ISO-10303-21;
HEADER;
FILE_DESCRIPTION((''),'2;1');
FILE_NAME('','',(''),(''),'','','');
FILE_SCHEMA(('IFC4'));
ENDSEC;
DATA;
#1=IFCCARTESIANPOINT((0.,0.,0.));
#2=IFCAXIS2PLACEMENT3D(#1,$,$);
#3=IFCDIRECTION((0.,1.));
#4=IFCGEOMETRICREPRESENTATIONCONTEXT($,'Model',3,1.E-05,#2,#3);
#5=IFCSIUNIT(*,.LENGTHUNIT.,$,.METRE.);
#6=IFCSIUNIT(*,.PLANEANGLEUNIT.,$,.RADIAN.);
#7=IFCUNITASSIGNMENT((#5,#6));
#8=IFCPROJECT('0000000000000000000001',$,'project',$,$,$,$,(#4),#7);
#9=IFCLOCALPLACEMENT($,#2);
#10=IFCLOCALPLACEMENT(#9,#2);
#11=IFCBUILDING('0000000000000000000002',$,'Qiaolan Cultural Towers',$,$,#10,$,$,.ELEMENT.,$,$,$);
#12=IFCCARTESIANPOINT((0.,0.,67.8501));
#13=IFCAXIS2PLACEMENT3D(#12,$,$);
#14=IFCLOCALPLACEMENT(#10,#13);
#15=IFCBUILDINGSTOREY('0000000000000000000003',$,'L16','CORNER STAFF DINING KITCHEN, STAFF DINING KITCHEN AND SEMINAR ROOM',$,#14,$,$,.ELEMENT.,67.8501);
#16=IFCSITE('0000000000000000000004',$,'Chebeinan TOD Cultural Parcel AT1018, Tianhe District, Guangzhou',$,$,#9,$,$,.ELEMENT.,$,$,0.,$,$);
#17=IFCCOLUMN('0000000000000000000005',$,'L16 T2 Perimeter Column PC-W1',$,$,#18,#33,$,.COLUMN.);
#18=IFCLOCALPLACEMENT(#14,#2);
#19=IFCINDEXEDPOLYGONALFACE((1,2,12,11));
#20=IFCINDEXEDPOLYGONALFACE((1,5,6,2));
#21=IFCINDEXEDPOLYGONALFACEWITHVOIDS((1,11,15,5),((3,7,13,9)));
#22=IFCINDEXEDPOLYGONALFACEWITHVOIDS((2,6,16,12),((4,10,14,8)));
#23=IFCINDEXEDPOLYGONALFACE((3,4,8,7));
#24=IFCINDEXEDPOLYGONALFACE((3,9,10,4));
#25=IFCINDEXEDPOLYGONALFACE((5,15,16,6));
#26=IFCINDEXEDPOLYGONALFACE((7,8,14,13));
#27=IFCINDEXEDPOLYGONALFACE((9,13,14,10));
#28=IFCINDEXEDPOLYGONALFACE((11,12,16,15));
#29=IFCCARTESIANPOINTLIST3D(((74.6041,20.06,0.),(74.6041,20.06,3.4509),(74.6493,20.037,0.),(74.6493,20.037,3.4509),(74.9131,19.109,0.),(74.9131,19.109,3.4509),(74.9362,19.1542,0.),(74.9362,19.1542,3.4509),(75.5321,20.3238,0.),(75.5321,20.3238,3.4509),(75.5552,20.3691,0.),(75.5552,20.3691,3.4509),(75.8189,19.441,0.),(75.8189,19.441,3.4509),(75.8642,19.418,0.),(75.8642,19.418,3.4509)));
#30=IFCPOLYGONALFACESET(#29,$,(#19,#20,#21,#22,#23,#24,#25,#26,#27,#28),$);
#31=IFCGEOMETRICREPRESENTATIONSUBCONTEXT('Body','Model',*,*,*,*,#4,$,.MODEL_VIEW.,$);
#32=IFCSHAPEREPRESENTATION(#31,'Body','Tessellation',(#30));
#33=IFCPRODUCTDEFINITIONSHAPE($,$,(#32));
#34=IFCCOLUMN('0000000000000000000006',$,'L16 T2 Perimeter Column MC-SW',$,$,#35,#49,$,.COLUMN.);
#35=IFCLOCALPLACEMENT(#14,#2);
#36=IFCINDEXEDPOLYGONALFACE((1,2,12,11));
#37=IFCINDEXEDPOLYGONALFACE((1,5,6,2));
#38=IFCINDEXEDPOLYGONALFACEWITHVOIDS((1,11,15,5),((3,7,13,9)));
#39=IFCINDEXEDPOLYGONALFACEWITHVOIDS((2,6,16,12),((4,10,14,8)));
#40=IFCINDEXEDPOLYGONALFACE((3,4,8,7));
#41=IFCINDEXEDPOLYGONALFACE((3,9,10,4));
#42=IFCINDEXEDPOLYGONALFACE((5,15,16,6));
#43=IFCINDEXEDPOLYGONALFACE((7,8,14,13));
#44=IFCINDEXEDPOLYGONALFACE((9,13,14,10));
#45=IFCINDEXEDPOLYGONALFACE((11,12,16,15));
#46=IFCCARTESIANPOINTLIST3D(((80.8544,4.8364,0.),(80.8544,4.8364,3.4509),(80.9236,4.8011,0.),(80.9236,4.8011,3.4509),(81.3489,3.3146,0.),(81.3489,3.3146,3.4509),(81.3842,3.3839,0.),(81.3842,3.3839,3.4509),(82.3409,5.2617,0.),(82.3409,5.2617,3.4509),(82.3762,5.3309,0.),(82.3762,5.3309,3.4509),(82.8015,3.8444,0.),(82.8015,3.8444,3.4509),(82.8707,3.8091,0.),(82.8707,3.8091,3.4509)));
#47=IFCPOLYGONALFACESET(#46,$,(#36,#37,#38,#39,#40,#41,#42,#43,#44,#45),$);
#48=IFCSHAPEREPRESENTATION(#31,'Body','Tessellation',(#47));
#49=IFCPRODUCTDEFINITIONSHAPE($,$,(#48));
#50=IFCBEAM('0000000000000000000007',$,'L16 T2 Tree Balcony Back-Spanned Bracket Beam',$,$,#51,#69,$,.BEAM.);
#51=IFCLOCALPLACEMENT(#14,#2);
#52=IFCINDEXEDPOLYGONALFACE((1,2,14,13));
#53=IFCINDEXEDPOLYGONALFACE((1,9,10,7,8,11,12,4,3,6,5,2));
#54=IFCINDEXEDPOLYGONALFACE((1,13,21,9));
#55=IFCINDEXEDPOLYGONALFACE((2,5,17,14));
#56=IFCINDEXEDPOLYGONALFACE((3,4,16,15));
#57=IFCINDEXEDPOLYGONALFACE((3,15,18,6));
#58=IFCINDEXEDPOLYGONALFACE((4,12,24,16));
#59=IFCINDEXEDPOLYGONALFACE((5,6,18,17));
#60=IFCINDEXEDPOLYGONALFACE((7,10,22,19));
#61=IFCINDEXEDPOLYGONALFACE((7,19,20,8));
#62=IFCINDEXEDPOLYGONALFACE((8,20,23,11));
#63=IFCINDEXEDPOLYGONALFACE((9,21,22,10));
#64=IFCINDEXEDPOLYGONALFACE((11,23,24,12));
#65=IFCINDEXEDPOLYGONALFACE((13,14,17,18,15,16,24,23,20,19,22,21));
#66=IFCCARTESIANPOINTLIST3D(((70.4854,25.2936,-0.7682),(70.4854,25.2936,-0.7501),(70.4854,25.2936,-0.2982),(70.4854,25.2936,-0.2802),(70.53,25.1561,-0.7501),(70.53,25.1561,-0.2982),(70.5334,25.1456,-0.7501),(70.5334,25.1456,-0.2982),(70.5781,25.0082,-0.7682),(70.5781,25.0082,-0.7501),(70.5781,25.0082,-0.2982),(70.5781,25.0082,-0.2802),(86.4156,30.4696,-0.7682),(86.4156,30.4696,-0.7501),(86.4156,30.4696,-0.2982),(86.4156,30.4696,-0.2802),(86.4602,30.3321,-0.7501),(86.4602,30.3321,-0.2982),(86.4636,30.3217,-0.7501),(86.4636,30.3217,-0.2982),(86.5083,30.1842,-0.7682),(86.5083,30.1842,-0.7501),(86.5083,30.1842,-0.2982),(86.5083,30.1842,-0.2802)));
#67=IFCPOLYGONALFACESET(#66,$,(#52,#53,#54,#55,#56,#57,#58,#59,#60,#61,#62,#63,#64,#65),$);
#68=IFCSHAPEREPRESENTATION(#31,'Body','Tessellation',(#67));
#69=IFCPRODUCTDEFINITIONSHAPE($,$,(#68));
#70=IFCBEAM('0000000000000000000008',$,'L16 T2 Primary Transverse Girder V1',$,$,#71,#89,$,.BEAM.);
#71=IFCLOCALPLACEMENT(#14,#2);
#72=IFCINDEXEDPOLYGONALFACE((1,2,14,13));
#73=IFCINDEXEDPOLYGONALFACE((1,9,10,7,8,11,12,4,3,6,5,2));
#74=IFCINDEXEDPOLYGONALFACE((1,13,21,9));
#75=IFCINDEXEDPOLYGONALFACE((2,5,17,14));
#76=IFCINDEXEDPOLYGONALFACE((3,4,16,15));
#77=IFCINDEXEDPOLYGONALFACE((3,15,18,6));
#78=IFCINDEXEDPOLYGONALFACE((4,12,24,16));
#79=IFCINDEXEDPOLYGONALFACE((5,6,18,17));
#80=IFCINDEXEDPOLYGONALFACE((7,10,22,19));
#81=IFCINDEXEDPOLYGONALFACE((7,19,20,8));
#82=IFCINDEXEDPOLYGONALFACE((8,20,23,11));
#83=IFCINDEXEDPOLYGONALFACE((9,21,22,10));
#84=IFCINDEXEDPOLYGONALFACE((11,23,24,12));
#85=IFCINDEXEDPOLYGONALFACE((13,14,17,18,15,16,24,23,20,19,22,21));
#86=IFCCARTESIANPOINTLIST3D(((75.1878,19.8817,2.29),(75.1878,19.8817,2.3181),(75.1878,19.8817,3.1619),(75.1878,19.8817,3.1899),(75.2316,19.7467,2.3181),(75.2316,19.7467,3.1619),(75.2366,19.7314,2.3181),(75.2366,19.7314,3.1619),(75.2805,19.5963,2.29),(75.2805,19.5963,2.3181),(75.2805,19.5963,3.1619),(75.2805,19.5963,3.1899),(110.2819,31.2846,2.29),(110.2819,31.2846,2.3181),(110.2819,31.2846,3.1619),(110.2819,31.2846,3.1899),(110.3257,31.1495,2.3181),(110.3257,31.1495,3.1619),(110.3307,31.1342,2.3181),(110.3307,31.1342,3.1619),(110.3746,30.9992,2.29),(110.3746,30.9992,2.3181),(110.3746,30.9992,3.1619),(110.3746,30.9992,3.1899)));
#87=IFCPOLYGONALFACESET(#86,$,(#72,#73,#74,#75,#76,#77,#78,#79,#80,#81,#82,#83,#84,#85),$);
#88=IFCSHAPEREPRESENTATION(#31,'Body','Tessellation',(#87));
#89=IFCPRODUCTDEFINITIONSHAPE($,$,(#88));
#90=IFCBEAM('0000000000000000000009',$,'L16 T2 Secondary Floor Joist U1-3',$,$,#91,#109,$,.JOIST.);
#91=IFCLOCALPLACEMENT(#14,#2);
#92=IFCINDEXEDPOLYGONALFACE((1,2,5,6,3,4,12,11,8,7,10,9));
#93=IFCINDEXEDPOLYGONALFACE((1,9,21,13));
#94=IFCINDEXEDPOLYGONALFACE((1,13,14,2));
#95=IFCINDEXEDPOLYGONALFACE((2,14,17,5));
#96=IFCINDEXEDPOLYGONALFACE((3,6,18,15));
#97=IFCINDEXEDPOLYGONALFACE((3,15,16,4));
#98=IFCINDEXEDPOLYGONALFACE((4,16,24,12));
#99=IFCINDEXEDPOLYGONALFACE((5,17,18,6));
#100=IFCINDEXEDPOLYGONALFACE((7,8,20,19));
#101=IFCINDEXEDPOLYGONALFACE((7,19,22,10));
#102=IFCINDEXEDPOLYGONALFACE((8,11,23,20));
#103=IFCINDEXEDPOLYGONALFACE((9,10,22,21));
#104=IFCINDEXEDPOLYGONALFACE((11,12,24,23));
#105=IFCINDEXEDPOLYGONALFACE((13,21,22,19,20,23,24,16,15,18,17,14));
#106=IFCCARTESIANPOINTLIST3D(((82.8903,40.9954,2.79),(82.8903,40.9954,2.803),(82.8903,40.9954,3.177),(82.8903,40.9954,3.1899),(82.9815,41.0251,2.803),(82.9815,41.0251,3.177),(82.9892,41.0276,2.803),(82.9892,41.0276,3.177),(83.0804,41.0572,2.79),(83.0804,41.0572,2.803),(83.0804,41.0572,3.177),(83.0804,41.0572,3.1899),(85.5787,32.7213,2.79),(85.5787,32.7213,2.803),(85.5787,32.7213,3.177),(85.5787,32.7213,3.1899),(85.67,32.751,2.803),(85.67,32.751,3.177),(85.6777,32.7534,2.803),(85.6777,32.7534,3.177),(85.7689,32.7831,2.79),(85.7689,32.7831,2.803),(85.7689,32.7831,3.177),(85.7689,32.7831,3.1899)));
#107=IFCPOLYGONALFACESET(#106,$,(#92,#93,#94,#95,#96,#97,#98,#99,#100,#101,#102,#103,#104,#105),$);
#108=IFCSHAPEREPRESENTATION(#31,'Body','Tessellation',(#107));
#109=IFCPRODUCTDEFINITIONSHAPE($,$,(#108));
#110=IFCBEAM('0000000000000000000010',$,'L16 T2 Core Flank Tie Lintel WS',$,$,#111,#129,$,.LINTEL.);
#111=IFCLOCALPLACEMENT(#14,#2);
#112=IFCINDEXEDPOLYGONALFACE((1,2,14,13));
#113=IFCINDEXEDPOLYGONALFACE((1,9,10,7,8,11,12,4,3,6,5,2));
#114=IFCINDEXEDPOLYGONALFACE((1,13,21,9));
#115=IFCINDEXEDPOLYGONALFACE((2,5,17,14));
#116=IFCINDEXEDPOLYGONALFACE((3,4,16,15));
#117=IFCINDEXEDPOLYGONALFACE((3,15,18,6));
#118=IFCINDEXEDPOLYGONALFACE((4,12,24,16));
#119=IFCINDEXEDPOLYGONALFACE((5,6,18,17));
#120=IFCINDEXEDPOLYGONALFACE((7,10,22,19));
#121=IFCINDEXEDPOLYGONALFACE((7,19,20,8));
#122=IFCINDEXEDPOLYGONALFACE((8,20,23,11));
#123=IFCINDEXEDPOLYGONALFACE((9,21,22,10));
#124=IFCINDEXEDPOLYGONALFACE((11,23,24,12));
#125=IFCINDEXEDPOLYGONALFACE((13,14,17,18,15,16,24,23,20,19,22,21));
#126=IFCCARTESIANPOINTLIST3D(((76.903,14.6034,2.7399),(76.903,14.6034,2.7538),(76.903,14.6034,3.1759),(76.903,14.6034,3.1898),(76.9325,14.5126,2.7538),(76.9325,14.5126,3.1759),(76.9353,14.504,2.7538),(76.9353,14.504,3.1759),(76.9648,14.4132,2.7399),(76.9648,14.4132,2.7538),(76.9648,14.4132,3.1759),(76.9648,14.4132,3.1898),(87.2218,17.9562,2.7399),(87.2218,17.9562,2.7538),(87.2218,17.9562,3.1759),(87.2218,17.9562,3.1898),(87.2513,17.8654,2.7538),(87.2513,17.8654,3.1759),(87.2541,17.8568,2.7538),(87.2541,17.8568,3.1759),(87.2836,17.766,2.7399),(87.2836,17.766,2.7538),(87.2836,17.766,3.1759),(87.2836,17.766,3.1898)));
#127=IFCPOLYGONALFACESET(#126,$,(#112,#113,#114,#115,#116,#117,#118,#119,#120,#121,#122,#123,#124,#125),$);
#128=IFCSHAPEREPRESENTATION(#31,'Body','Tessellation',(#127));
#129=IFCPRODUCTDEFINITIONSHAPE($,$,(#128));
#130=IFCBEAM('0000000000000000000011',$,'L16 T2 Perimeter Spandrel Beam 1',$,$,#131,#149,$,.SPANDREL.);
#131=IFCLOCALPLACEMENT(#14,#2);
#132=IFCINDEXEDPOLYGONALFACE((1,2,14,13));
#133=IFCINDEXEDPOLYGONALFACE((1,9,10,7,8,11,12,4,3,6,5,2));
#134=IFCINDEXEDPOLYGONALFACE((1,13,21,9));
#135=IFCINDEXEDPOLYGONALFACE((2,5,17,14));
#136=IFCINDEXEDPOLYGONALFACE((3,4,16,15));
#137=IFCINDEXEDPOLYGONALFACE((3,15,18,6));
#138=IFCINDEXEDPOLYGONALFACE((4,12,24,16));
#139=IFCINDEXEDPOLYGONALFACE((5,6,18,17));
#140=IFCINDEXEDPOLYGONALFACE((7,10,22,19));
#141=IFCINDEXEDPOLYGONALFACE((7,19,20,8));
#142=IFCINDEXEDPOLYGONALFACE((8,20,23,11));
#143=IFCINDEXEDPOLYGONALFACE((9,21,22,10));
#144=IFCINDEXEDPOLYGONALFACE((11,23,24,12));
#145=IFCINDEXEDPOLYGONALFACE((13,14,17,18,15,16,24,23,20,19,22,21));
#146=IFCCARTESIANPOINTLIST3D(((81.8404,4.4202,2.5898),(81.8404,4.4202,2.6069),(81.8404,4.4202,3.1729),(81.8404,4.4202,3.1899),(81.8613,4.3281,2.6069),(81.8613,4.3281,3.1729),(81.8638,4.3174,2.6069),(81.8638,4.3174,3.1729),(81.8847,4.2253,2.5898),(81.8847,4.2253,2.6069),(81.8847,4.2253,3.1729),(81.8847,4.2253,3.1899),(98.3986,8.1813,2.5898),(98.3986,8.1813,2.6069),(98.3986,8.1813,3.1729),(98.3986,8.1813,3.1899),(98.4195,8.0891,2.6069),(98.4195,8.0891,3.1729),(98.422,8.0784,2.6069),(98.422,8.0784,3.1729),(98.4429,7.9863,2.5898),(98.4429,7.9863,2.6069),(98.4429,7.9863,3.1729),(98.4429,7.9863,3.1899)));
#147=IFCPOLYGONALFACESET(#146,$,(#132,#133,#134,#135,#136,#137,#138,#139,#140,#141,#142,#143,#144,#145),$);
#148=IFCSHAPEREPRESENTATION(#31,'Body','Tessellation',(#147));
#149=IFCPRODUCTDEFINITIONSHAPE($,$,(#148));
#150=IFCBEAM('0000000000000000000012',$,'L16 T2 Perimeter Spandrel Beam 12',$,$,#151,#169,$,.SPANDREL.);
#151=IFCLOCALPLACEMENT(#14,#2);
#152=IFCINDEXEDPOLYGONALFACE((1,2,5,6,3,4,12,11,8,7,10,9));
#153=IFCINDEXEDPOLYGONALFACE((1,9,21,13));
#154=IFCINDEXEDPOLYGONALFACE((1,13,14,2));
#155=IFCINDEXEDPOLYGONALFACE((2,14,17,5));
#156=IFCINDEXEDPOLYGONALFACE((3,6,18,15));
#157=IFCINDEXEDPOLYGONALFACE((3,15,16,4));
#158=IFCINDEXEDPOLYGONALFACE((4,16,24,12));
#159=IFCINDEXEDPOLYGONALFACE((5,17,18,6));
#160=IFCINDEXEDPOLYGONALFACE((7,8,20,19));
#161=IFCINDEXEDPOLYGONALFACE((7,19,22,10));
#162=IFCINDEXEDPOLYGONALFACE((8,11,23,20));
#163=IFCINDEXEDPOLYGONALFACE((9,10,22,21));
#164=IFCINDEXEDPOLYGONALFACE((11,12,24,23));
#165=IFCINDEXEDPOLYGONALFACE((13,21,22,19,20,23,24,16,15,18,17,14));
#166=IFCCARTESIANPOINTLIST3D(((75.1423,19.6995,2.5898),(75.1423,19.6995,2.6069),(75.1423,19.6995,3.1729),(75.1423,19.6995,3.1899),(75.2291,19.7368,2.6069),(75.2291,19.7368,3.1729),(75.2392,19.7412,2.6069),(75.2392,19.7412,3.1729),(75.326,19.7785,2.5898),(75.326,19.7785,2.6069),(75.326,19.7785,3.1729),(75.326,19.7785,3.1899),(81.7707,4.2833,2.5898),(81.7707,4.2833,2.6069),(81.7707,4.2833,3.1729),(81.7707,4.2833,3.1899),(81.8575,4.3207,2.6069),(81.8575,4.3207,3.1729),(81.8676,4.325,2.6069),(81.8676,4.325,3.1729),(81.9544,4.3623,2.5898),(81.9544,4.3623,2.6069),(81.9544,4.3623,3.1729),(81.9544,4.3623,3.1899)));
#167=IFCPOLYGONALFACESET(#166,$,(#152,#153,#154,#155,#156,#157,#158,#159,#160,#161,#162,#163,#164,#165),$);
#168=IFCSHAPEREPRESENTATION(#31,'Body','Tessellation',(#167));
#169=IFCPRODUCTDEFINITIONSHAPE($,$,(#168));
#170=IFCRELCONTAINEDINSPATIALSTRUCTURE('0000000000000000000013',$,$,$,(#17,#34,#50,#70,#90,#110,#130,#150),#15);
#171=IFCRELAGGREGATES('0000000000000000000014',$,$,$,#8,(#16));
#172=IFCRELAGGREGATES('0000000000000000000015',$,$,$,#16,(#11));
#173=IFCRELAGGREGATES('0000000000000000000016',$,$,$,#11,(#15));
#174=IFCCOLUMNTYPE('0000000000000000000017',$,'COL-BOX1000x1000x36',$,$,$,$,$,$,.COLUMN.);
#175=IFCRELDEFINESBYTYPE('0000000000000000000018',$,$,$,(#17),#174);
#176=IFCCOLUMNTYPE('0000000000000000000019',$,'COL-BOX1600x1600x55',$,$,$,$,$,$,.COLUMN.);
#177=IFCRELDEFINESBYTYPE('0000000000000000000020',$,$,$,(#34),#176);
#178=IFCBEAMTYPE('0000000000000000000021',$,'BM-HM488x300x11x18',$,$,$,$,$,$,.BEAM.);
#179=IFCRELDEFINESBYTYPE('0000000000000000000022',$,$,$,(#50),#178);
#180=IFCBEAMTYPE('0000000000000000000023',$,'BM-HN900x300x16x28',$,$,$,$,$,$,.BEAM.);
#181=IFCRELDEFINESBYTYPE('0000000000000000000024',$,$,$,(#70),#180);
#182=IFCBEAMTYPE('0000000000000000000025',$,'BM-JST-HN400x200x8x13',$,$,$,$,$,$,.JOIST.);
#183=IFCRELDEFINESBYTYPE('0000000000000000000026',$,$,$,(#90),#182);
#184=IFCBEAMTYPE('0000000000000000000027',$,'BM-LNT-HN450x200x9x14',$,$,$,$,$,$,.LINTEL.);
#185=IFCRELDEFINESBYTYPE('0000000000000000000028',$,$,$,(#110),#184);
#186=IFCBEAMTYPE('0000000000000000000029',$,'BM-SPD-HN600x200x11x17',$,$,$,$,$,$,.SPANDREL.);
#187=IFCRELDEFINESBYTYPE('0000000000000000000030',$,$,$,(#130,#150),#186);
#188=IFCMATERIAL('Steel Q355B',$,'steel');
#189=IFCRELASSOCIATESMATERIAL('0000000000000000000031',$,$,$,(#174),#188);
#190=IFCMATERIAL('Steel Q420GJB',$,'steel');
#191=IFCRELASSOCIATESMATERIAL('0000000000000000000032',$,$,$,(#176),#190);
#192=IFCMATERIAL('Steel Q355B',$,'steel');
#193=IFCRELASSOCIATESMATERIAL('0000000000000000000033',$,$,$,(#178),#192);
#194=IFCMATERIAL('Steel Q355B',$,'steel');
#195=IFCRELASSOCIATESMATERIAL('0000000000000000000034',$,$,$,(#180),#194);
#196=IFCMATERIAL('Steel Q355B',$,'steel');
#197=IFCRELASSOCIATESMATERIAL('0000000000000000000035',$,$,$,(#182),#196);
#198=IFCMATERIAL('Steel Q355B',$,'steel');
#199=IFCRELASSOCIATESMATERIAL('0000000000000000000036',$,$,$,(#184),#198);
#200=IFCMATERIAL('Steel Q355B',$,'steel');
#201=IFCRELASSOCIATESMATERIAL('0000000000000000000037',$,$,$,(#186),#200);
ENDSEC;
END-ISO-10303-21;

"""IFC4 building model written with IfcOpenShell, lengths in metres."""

from ifc_helpers import new_model, si_unit, direction, frame, origin, origin_2d, place, context, subcontext, project, spatial, hollow_rectangle, i_section, extrude, material, material_profile, profile_set, type_object, element, save


model = new_model("IFC4")

# Units and contexts
model_context = context("Model", 3, precision=1e-05, world=origin(), true_north=direction((0.0, 1.0)))
body_context = subcontext(model_context, "Body", "Model", "MODEL_VIEW")
ifc_project = project(units=[si_unit("LENGTHUNIT", "METRE"), si_unit("PLANEANGLEUNIT", "RADIAN")], contexts=[model_context])

# Site, building, storey
site_placement = place(None, origin())
site = spatial("IfcSite", under=ifc_project, at=site_placement, Name="Chebeinan TOD Cultural Parcel AT1018, Tianhe District, Guangzhou", CompositionType="ELEMENT", RefElevation=0.0)
building_placement = place(site_placement, origin())
building = spatial("IfcBuilding", under=site, at=building_placement, Name="Qiaolan Cultural Towers", CompositionType="ELEMENT")
storey_placement = place(building_placement, frame((0.0, 0.0, 67.8501)))
storey = spatial("IfcBuildingStorey", under=building, at=storey_placement, Name="L16", Description="CORNER STAFF DINING KITCHEN, STAFF DINING KITCHEN AND SEMINAR ROOM", CompositionType="ELEMENT", Elevation=67.8501)

# Columns
ifc_material_1 = material(Name="Steel Q355B", Category="steel")
ifc_material_profile_1 = material_profile(ifc_material_1, hollow_rectangle(XDim=1.0, YDim=1.0, WallThickness=0.0359, at=origin_2d()), Name="BOX1000x1000x36")
ifc_profile_set_1 = profile_set([ifc_material_profile_1], Name="Steel Q355B")
column_type_1 = type_object("IfcColumnType", Name="COL-BOX1000x1000x36", PredefinedType="COLUMN", material=ifc_profile_set_1)
column_1_placement = place(storey_placement, frame((75.2341, 19.739, 0.0), z_axis=(0.0, 0.0, 1.0), x_axis=(0.951057, 0.309017, 0.0)))
element("IfcColumn", 1, at=column_1_placement, inside=storey, type_object=column_type_1, Name="L16 T2 Perimeter Column PC-W1", PredefinedType="COLUMN", context=body_context, shape_type="SweptSolid", body=[
    extrude(hollow_rectangle(XDim=1.0, YDim=1.0, WallThickness=0.0359, at=origin_2d()), origin(), (0.0, 0.0, 1.0), 3.4509),
])
ifc_material_2 = material(Name="Steel Q420GJB", Category="steel")
ifc_material_profile_2 = material_profile(ifc_material_2, hollow_rectangle(XDim=1.6001, YDim=1.6001, WallThickness=0.0549, at=origin_2d()), Name="BOX1600x1600x55")
ifc_profile_set_2 = profile_set([ifc_material_profile_2], Name="Steel Q420GJB")
column_type_2 = type_object("IfcColumnType", Name="COL-BOX1600x1600x55", PredefinedType="COLUMN", material=ifc_profile_set_2)
column_2_placement = place(storey_placement, frame((81.8625, 4.3228, 0.0), z_axis=(0.0, 0.0, 1.0), x_axis=(0.951057, 0.309017, 0.0)))
element("IfcColumn", 2, at=column_2_placement, inside=storey, type_object=column_type_2, Name="L16 T2 Perimeter Column MC-SW", PredefinedType="COLUMN", context=body_context, shape_type="SweptSolid", body=[
    extrude(hollow_rectangle(XDim=1.6001, YDim=1.6001, WallThickness=0.0549, at=origin_2d()), origin(), (0.0, 0.0, 1.0), 3.4509),
])

# Beams
ifc_material_3 = material(Name="Steel Q355B", Category="steel")
ifc_material_profile_3 = material_profile(ifc_material_3, i_section(OverallWidth=0.3, OverallDepth=0.488, WebThickness=0.011, FlangeThickness=0.0181, at=origin_2d()), Name="HM488x300x11x18")
ifc_profile_set_3 = profile_set([ifc_material_profile_3], Name="Steel Q355B")
beam_type_1 = type_object("IfcBeamType", Name="BM-HM488x300x11x18", PredefinedType="BEAM", material=ifc_profile_set_3)
beam_1_placement = place(storey_placement, frame((86.4619, 30.3269, -0.5242), z_axis=(-0.951057, -0.309017, 0.0), x_axis=(0.309017, -0.951057, 0.0)))
element("IfcBeam", 3, at=beam_1_placement, inside=storey, type_object=beam_type_1, Name="L16 T2 Tree Balcony Back-Spanned Bracket Beam", PredefinedType="BEAM", context=body_context, shape_type="SweptSolid", body=[
    extrude(i_section(OverallWidth=0.3, OverallDepth=0.488, WebThickness=0.011, FlangeThickness=0.0181, at=origin_2d()), origin(), (0.0, 0.0, 1.0), 16.75),
])
ifc_material_4 = material(Name="Steel Q355B", Category="steel")
ifc_material_profile_4 = material_profile(ifc_material_4, i_section(OverallWidth=0.3, OverallDepth=0.8999, WebThickness=0.0161, FlangeThickness=0.0281, at=origin_2d()), Name="HN900x300x16x28")
ifc_profile_set_4 = profile_set([ifc_material_profile_4], Name="Steel Q355B")
beam_type_2 = type_object("IfcBeamType", Name="BM-HN900x300x16x28", PredefinedType="BEAM", material=ifc_profile_set_4)
beam_2_placement = place(storey_placement, frame((75.2341, 19.739, 2.74), z_axis=(0.951056, 0.309019, 0.0), x_axis=(-0.309019, 0.951056, 0.0)))
element("IfcBeam", 4, at=beam_2_placement, inside=storey, type_object=beam_type_2, Name="L16 T2 Primary Transverse Girder V1", PredefinedType="BEAM", context=body_context, shape_type="SweptSolid", body=[
    extrude(i_section(OverallWidth=0.3, OverallDepth=0.8999, WebThickness=0.0161, FlangeThickness=0.0281, at=origin_2d()), origin(), (0.0, 0.0, 1.0), 36.9001),
])
ifc_material_5 = material(Name="Steel Q355B", Category="steel")
ifc_material_profile_5 = material_profile(ifc_material_5, i_section(OverallWidth=0.2, OverallDepth=0.3999, WebThickness=0.0081, FlangeThickness=0.0129, at=origin_2d()), Name="HN400x200x8x13")
ifc_profile_set_5 = profile_set([ifc_material_profile_5], Name="Steel Q355B")
beam_type_3 = type_object("IfcBeamType", Name="BM-JST-HN400x200x8x13", PredefinedType="JOIST", material=ifc_profile_set_5)
beam_3_placement = place(storey_placement, frame((85.6738, 32.7522, 2.99), z_axis=(-0.309021, 0.951055, 0.0), x_axis=(-0.951055, -0.309021, 0.0)))
element("IfcBeam", 5, at=beam_3_placement, inside=storey, type_object=beam_type_3, Name="L16 T2 Secondary Floor Joist U1-3", PredefinedType="JOIST", context=body_context, shape_type="SweptSolid", body=[
    extrude(i_section(OverallWidth=0.2, OverallDepth=0.3999, WebThickness=0.0081, FlangeThickness=0.0129, at=origin_2d()), origin(), (0.0, 0.0, 1.0), 8.7),
])
ifc_material_6 = material(Name="Steel Q355B", Category="steel")
ifc_material_profile_6 = material_profile(ifc_material_6, i_section(OverallWidth=0.2, OverallDepth=0.45, WebThickness=0.009, FlangeThickness=0.0139, at=origin_2d()), Name="HN450x200x9x14")
ifc_profile_set_6 = profile_set([ifc_material_profile_6], Name="Steel Q355B")
beam_type_4 = type_object("IfcBeamType", Name="BM-LNT-HN450x200x9x14", PredefinedType="LINTEL", material=ifc_profile_set_6)
beam_4_placement = place(storey_placement, frame((87.2527, 17.8611, 2.9648), z_axis=(-0.951057, -0.309016, 0.0), x_axis=(0.309016, -0.951057, 0.0)))
element("IfcBeam", 6, at=beam_4_placement, inside=storey, type_object=beam_type_4, Name="L16 T2 Core Flank Tie Lintel WS", PredefinedType="LINTEL", context=body_context, shape_type="SweptSolid", body=[
    extrude(i_section(OverallWidth=0.2, OverallDepth=0.45, WebThickness=0.009, FlangeThickness=0.0139, at=origin_2d()), origin(), (0.0, 0.0, 1.0), 10.8499),
])
ifc_material_7 = material(Name="Steel Q355B", Category="steel")
ifc_material_profile_7 = material_profile(ifc_material_7, i_section(OverallWidth=0.2, OverallDepth=0.6001, WebThickness=0.011, FlangeThickness=0.0171, at=origin_2d()), Name="HN600x200x11x17")
ifc_profile_set_7 = profile_set([ifc_material_profile_7], Name="Steel Q355B")
beam_type_5 = type_object("IfcBeamType", Name="BM-SPD-HN600x200x11x17", PredefinedType="SPANDREL", material=ifc_profile_set_7)
beam_5_placement = place(storey_placement, frame((81.8625, 4.3228, 2.8899), z_axis=(0.975161, 0.221497, 0.0), x_axis=(-0.221497, 0.975161, 0.0)))
element("IfcBeam", 7, at=beam_5_placement, inside=storey, type_object=beam_type_5, Name="L16 T2 Perimeter Spandrel Beam 1", PredefinedType="SPANDREL", context=body_context, shape_type="SweptSolid", body=[
    extrude(i_section(OverallWidth=0.2, OverallDepth=0.6001, WebThickness=0.011, FlangeThickness=0.0171, at=origin_2d()), origin(), (0.0, 0.0, 1.0), 16.98),
])
beam_6_placement = place(storey_placement, frame((75.2341, 19.739, 2.8899), z_axis=(0.394999, -0.918682, 0.0), x_axis=(0.918682, 0.394999, 0.0)))
element("IfcBeam", 8, at=beam_6_placement, inside=storey, type_object=beam_type_5, Name="L16 T2 Perimeter Spandrel Beam 12", PredefinedType="SPANDREL", context=body_context, shape_type="SweptSolid", body=[
    extrude(i_section(OverallWidth=0.2, OverallDepth=0.6001, WebThickness=0.011, FlangeThickness=0.0171, at=origin_2d()), origin(), (0.0, 0.0, 1.0), 16.7808),
])

save(model, "model.ifc")
